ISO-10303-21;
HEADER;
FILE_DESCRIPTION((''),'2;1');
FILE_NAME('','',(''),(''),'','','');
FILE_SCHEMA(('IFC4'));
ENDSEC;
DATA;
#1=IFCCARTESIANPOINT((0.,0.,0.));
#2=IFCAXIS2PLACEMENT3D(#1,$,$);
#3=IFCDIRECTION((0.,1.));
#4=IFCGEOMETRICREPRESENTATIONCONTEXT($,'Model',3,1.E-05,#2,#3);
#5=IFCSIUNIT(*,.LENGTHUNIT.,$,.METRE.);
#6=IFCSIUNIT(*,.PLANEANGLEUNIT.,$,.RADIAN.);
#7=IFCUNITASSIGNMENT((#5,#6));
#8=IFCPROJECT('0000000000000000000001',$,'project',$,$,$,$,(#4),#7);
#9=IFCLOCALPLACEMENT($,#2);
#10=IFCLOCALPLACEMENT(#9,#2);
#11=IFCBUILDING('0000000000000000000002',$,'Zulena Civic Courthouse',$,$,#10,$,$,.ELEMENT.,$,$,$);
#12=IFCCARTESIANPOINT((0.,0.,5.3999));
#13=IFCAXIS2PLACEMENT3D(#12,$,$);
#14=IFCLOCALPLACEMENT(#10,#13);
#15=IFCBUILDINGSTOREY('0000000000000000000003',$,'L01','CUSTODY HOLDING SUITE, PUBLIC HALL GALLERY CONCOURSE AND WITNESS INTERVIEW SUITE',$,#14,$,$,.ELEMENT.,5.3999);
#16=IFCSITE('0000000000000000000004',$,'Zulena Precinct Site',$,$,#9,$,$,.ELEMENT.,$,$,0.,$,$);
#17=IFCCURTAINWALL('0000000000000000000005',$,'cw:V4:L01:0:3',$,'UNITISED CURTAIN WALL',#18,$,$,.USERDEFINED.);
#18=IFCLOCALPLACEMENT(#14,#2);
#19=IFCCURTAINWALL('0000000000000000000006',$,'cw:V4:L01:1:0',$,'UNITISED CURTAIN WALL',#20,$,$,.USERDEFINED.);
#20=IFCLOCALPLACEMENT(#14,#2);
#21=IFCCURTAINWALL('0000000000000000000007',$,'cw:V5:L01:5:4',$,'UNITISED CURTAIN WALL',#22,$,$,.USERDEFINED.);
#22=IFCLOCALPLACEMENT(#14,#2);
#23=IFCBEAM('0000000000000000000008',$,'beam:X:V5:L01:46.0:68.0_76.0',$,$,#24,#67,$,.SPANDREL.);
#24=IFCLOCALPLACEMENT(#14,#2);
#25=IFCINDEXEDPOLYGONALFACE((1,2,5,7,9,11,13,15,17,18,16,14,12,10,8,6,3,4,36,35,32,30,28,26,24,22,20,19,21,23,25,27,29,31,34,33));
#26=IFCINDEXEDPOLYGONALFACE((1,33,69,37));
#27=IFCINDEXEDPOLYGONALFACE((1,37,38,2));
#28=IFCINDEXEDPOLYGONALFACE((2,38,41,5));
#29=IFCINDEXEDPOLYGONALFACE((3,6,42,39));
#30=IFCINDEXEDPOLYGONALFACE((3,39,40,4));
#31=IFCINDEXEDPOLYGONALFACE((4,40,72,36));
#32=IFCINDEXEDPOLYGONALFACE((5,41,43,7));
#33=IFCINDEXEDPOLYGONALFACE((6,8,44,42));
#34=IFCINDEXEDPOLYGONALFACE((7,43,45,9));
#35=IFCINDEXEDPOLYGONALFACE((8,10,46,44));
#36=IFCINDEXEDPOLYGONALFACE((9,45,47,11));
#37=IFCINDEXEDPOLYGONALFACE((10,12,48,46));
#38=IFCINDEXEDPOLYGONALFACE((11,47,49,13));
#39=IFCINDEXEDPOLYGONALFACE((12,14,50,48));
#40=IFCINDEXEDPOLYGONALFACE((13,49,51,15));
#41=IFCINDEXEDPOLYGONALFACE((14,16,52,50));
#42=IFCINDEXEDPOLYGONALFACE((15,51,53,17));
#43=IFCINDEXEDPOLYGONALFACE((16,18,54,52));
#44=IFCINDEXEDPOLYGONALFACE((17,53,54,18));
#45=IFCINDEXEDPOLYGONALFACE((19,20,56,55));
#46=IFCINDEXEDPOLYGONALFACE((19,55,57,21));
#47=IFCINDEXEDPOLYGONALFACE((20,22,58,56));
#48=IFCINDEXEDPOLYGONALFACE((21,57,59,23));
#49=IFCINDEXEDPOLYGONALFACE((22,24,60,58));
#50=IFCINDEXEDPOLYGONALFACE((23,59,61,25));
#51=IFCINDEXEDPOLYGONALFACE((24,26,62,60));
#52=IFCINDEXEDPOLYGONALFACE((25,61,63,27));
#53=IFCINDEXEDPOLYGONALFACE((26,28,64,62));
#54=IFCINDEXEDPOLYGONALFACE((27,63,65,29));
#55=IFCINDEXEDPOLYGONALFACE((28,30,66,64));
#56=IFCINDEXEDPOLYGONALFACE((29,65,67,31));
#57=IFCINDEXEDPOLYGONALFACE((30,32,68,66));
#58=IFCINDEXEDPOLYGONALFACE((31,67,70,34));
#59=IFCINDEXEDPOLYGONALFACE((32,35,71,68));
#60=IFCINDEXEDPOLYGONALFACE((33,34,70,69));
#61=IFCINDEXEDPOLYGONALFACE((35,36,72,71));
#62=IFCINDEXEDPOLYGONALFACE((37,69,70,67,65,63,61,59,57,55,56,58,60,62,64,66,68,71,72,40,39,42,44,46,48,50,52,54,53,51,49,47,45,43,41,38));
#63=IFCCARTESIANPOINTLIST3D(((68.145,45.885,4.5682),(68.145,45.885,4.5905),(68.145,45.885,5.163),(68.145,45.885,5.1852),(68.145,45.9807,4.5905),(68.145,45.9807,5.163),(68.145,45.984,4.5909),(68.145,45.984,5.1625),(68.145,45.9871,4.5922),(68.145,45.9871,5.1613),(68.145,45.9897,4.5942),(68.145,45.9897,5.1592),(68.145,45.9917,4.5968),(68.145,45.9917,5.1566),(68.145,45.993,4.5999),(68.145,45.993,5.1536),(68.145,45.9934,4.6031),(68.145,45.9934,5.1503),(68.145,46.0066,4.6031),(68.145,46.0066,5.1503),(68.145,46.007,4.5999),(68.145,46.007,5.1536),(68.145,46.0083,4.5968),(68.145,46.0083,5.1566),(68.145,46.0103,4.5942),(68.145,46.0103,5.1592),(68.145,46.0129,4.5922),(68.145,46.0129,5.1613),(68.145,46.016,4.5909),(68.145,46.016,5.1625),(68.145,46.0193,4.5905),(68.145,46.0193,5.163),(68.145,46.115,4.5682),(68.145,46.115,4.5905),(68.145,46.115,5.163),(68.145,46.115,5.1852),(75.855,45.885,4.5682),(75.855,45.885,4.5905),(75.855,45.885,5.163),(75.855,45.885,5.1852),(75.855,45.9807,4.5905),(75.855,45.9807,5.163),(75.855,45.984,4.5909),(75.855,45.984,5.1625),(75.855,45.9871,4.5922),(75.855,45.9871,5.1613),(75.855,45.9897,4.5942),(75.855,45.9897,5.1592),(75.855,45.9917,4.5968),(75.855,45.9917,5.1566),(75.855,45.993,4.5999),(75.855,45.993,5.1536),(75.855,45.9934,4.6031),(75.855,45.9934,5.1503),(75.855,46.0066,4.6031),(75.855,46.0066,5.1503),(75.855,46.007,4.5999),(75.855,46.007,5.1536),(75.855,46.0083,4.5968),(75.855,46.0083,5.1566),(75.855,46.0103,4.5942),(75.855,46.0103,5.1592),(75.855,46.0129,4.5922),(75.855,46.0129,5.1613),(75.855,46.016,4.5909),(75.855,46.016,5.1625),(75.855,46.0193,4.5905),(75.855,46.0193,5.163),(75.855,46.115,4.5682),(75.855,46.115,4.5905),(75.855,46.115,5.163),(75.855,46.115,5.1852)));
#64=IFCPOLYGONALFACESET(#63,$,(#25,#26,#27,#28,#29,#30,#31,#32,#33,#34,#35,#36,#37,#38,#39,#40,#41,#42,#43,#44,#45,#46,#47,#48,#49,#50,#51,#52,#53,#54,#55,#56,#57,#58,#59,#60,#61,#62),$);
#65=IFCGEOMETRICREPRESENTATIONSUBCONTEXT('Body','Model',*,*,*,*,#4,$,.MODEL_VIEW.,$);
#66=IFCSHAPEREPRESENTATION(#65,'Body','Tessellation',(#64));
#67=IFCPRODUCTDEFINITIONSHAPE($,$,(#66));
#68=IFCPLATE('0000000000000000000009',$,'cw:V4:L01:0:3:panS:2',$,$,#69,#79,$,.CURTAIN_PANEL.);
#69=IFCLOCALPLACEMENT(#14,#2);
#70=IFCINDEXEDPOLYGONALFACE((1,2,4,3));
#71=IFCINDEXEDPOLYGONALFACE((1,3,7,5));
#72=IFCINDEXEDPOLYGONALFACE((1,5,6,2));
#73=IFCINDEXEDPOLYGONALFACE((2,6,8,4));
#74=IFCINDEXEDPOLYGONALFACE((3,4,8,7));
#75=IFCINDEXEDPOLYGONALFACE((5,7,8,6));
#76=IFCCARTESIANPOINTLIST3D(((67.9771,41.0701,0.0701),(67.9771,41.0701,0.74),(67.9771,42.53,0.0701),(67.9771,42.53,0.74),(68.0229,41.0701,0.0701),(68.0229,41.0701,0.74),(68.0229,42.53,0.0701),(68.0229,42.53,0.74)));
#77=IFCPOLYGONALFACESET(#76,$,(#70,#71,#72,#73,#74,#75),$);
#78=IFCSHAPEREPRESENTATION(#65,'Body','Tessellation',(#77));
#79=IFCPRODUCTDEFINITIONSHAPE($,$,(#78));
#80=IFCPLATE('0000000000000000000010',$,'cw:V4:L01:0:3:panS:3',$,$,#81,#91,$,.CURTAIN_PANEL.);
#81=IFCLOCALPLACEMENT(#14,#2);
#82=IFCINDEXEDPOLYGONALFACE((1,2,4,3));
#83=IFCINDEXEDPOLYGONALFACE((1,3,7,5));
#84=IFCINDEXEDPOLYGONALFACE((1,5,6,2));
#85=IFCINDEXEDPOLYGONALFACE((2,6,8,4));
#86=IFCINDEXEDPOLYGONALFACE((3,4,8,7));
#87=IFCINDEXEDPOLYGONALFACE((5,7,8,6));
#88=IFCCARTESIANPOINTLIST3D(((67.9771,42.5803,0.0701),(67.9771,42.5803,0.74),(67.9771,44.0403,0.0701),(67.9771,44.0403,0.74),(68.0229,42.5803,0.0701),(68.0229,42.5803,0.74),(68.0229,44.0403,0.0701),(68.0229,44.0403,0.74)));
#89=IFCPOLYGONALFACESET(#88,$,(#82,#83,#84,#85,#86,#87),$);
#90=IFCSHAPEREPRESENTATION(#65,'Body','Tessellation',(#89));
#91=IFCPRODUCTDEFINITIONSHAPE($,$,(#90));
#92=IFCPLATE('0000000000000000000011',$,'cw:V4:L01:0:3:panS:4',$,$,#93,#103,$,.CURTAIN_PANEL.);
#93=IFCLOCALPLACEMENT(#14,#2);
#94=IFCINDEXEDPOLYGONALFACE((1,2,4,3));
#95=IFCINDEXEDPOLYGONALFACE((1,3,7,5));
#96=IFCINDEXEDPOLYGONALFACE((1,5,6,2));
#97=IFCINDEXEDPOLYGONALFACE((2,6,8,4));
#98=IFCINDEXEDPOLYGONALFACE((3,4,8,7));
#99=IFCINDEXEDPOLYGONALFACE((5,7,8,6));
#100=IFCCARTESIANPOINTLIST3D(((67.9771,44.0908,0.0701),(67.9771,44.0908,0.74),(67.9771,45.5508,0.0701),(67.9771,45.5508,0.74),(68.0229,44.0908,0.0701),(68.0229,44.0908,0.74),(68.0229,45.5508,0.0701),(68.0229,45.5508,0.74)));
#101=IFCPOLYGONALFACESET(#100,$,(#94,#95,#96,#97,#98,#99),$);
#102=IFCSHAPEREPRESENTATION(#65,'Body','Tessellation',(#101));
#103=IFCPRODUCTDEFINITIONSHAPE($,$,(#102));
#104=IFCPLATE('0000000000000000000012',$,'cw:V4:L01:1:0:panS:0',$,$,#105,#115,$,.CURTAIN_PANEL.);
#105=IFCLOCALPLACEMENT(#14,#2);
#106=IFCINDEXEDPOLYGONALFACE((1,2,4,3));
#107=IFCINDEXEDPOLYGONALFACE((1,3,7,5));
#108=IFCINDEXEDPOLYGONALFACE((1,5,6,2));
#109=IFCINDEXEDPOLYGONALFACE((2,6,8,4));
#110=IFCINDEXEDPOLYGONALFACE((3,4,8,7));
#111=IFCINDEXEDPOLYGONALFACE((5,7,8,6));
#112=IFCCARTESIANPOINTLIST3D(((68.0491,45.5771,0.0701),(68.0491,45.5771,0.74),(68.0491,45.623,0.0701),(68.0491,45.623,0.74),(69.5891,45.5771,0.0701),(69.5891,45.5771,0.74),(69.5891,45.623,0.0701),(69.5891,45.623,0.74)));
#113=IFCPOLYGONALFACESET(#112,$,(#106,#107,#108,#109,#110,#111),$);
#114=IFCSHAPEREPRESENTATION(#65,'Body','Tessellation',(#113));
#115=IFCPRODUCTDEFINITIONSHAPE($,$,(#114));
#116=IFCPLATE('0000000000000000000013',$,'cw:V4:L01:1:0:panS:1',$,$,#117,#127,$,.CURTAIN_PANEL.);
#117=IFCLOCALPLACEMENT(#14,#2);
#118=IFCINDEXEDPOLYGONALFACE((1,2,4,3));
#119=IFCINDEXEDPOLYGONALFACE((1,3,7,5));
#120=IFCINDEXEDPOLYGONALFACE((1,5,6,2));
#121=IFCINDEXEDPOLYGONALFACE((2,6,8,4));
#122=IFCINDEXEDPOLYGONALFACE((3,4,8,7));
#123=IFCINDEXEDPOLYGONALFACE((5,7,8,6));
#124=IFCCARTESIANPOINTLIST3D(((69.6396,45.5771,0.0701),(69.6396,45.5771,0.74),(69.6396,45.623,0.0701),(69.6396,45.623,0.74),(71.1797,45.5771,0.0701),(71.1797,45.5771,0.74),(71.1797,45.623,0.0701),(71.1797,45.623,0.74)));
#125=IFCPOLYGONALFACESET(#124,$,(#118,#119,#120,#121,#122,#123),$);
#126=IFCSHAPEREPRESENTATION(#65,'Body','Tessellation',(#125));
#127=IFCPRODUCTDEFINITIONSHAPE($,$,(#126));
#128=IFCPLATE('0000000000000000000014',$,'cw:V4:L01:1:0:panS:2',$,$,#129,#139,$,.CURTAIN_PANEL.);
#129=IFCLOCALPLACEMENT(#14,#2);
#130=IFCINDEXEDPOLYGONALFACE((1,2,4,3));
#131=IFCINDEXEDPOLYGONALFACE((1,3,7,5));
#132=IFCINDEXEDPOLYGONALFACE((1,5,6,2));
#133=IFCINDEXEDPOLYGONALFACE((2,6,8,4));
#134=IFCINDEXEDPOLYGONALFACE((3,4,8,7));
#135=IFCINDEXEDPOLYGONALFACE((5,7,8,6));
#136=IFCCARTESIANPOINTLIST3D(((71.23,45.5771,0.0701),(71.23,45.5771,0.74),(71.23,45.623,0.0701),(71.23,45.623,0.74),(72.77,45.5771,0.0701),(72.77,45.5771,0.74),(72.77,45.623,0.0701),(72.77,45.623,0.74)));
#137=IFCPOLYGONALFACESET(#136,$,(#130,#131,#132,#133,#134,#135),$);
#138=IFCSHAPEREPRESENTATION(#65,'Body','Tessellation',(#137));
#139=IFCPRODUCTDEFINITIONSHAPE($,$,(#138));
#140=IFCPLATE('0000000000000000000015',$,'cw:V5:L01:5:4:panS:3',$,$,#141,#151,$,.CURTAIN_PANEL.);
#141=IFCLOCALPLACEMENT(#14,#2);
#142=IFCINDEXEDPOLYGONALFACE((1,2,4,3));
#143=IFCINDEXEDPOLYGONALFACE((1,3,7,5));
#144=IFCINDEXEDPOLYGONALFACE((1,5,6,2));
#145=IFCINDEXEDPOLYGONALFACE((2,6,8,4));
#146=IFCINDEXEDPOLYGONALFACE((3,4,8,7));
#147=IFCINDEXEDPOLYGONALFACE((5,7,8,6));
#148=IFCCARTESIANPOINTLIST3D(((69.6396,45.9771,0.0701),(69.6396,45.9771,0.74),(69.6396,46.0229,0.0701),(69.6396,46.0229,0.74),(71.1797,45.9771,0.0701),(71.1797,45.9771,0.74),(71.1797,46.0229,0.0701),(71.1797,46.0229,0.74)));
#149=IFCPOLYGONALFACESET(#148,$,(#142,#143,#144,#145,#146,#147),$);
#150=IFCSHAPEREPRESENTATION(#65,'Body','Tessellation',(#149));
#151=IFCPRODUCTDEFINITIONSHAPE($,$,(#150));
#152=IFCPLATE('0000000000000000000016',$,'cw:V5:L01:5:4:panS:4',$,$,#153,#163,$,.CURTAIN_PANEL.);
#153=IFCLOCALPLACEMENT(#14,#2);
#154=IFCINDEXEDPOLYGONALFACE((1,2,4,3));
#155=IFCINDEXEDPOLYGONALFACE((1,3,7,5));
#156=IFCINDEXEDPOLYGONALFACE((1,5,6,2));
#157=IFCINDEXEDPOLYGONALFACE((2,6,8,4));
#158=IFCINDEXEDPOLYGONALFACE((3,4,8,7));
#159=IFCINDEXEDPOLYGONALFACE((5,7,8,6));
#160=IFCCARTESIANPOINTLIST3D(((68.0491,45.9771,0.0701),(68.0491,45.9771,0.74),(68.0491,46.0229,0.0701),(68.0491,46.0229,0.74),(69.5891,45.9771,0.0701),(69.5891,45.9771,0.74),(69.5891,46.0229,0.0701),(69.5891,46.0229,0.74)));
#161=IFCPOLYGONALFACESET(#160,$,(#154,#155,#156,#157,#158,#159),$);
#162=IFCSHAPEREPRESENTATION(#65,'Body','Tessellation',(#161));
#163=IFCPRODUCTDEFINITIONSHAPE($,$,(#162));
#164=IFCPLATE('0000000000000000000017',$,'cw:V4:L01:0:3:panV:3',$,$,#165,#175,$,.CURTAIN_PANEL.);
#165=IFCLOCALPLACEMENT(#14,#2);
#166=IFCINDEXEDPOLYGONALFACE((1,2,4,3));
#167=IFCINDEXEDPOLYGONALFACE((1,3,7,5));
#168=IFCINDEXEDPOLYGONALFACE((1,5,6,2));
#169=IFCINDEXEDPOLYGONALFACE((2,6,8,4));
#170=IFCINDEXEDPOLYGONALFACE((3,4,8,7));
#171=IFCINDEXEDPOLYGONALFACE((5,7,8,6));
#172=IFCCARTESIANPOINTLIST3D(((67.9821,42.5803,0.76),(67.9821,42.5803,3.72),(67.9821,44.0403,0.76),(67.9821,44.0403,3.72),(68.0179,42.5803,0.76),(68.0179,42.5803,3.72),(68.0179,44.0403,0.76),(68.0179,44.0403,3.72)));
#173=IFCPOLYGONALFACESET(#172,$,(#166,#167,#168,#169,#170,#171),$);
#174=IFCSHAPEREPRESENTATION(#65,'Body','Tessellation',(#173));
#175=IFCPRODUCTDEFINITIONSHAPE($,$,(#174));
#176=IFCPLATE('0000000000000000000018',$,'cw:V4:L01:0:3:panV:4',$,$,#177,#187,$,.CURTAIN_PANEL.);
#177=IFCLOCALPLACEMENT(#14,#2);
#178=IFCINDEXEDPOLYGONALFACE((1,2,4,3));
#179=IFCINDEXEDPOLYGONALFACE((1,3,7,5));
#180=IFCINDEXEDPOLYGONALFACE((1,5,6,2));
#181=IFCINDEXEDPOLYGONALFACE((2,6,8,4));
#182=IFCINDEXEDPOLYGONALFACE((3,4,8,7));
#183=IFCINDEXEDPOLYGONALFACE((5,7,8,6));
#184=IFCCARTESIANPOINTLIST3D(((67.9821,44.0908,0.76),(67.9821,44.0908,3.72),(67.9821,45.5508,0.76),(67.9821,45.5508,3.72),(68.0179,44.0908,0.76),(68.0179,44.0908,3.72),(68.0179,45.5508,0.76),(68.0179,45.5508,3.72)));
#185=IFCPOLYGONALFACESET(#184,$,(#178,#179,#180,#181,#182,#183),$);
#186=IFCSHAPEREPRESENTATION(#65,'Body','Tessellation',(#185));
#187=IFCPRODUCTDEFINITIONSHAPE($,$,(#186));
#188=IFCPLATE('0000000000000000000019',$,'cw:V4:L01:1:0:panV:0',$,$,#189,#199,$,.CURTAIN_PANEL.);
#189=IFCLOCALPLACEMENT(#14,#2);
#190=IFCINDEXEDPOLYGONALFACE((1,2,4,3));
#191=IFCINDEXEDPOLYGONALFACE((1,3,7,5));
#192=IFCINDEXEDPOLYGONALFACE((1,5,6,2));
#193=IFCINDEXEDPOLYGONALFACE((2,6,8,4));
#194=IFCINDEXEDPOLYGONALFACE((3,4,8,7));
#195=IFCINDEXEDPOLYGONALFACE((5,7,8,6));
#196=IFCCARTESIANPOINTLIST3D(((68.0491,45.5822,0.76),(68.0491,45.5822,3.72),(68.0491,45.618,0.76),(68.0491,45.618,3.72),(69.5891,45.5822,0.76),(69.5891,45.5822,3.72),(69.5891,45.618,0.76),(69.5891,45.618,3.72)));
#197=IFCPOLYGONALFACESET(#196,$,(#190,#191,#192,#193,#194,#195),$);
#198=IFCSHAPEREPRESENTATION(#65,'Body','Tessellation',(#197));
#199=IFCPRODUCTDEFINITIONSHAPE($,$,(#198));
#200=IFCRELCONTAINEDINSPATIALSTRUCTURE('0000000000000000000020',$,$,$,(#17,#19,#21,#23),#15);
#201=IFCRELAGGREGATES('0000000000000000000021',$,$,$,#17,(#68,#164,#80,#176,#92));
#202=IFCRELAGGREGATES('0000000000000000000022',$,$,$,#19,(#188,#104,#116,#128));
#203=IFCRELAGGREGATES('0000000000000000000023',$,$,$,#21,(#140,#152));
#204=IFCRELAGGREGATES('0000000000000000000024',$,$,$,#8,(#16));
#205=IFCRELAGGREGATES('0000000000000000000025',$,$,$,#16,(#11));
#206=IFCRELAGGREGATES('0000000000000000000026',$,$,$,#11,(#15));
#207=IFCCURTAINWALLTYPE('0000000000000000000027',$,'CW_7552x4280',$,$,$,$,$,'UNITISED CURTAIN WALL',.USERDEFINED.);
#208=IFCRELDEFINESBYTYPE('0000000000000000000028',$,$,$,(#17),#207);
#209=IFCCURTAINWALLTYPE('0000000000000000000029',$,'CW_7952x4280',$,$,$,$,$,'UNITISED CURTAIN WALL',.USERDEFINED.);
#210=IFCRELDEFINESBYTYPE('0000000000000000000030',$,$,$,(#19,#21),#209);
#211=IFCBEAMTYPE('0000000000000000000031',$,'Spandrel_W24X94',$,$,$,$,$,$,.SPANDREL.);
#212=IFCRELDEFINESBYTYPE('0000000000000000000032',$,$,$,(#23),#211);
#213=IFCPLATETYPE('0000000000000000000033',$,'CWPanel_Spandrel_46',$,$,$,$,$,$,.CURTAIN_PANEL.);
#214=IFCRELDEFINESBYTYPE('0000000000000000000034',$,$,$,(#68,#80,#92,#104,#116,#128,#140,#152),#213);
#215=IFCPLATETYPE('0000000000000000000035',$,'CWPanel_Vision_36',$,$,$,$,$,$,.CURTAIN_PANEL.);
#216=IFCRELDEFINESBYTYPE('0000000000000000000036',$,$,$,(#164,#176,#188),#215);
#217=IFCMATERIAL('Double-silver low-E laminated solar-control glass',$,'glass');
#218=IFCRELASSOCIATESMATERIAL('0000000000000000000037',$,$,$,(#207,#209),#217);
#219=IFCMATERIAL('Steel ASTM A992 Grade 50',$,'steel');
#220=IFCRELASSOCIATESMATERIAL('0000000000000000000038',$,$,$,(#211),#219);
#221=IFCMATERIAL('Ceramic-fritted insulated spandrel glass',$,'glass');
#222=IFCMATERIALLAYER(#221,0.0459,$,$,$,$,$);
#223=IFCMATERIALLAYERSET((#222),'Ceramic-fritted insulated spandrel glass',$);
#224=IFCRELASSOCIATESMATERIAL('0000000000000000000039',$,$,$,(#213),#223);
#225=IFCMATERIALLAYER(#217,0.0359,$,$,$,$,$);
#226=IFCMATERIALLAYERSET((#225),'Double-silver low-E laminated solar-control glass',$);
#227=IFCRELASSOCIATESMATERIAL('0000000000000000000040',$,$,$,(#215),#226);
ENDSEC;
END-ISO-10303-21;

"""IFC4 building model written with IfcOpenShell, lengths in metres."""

from ifc_helpers import new_model, si_unit, direction, frame, origin, origin_2d, place, context, subcontext, project, spatial, rectangle, i_section, extrude, material, layer, layer_set, material_profile, profile_set, type_object, element, aggregate, save


model = new_model("IFC4")

# Units and contexts
model_context = context("Model", 3, precision=1e-05, world=origin(), true_north=direction((0.0, 1.0)))
body_context = subcontext(model_context, "Body", "Model", "MODEL_VIEW")
ifc_project = project(units=[si_unit("LENGTHUNIT", "METRE"), si_unit("PLANEANGLEUNIT", "RADIAN")], contexts=[model_context])

# Site, building, storey
site_placement = place(None, origin())
site = spatial("IfcSite", under=ifc_project, at=site_placement, Name="Zulena Precinct Site", CompositionType="ELEMENT", RefElevation=0.0)
building_placement = place(site_placement, origin())
building = spatial("IfcBuilding", under=site, at=building_placement, Name="Zulena Civic Courthouse", CompositionType="ELEMENT")
storey_placement = place(building_placement, frame((0.0, 0.0, 5.3999)))
storey = spatial("IfcBuildingStorey", under=building, at=storey_placement, Name="L01", Description="CUSTODY HOLDING SUITE, PUBLIC HALL GALLERY CONCOURSE AND WITNESS INTERVIEW SUITE", CompositionType="ELEMENT", Elevation=5.3999)

# Shared definitions
ifc_material_1 = material(Name="Steel ASTM A992 Grade 50", Category="steel")

# Curtain walls
ifc_material_2 = material(Name="Double-silver low-E laminated solar-control glass", Category="glass")
curtain_wall_type_1 = type_object("IfcCurtainWallType", Name="CW_7552x4280", ElementType="UNITISED CURTAIN WALL", PredefinedType="USERDEFINED", material=ifc_material_2)
curtain_wall_1_placement = place(storey_placement, origin())
curtain_wall_1 = element("IfcCurtainWall", 1, at=curtain_wall_1_placement, inside=storey, type_object=curtain_wall_type_1, Name="cw:V4:L01:0:3", ObjectType="UNITISED CURTAIN WALL", PredefinedType="USERDEFINED")
curtain_wall_type_2 = type_object("IfcCurtainWallType", Name="CW_7952x4280", ElementType="UNITISED CURTAIN WALL", PredefinedType="USERDEFINED", material=ifc_material_2)
curtain_wall_2_placement = place(storey_placement, origin())
curtain_wall_2 = element("IfcCurtainWall", 2, at=curtain_wall_2_placement, inside=storey, type_object=curtain_wall_type_2, Name="cw:V4:L01:1:0", ObjectType="UNITISED CURTAIN WALL", PredefinedType="USERDEFINED")
curtain_wall_3_placement = place(storey_placement, origin())
curtain_wall_3 = element("IfcCurtainWall", 3, at=curtain_wall_3_placement, inside=storey, type_object=curtain_wall_type_2, Name="cw:V5:L01:5:4", ObjectType="UNITISED CURTAIN WALL", PredefinedType="USERDEFINED")

# Beam
ifc_material_profile_1 = material_profile(ifc_material_1, i_section(OverallWidth=0.23, OverallDepth=0.6169, WebThickness=0.0132, FlangeThickness=0.0222, FilletRadius=0.0127, at=origin_2d()), Name="W24X94")
ifc_profile_set_1 = profile_set([ifc_material_profile_1], Name="Steel ASTM A992 Grade 50")
beam_type = type_object("IfcBeamType", Name="Spandrel_W24X94", PredefinedType="SPANDREL", material=ifc_profile_set_1)
for number, where, z_axis, x_axis, name in (
    (4, (68.145, 46.0, 4.8767), (1.0, 0.0, 0.0), (0.0, 1.0, 0.0), "beam:X:V5:L01:46.0:68.0_76.0"),
):
    element("IfcBeam", number, at=place(storey_placement, frame(where, z_axis=z_axis, x_axis=x_axis)), inside=storey, type_object=beam_type, Name=name, PredefinedType="SPANDREL", context=body_context, shape_type="SweptSolid", body=[
        extrude(i_section(OverallWidth=0.23, OverallDepth=0.6169, WebThickness=0.0132, FlangeThickness=0.0222, FilletRadius=0.0127, at=origin_2d()), origin(), (0.0, 0.0, 1.0), 7.71),
    ])

# Plates
ifc_material_3 = material(Name="Ceramic-fritted insulated spandrel glass", Category="glass")
ifc_layer_1 = layer(ifc_material_3, 0.0459)
ifc_layer_set_1 = layer_set([ifc_layer_1], Name="Ceramic-fritted insulated spandrel glass")
plate_type_1 = type_object("IfcPlateType", Name="CWPanel_Spandrel_46", PredefinedType="CURTAIN_PANEL", material=ifc_layer_set_1)
plate_1_placement = place(storey_placement, frame((68.0, 41.8, 0.0701), z_axis=(0.0, 0.0, 1.0), x_axis=(0.0, 1.0, 0.0)))
plate_1 = element("IfcPlate", 5, at=plate_1_placement, type_object=plate_type_1, Name="cw:V4:L01:0:3:panS:2", PredefinedType="CURTAIN_PANEL", context=body_context, shape_type="SweptSolid", body=[
    extrude(rectangle(XDim=1.46, YDim=0.0459, at=origin_2d()), origin(), (0.0, 0.0, 1.0), 0.6699),
])
plate_2_placement = place(storey_placement, frame((68.0, 43.3103, 0.0701), z_axis=(0.0, 0.0, 1.0), x_axis=(0.0, 1.0, 0.0)))
plate_2 = element("IfcPlate", 6, at=plate_2_placement, type_object=plate_type_1, Name="cw:V4:L01:0:3:panS:3", PredefinedType="CURTAIN_PANEL", context=body_context, shape_type="SweptSolid", body=[
    extrude(rectangle(XDim=1.46, YDim=0.0459, at=origin_2d()), origin(), (0.0, 0.0, 1.0), 0.6699),
])
plate_3_placement = place(storey_placement, frame((68.0, 44.8208, 0.0701), z_axis=(0.0, 0.0, 1.0), x_axis=(0.0, 1.0, 0.0)))
plate_3 = element("IfcPlate", 7, at=plate_3_placement, type_object=plate_type_1, Name="cw:V4:L01:0:3:panS:4", PredefinedType="CURTAIN_PANEL", context=body_context, shape_type="SweptSolid", body=[
    extrude(rectangle(XDim=1.46, YDim=0.0459, at=origin_2d()), origin(), (0.0, 0.0, 1.0), 0.6699),
])
plate_4_placement = place(storey_placement, frame((68.8191, 45.6001, 0.0701), z_axis=(0.0, 0.0, 1.0), x_axis=(1.0, 0.0, 0.0)))
plate_4 = element("IfcPlate", 8, at=plate_4_placement, type_object=plate_type_1, Name="cw:V4:L01:1:0:panS:0", PredefinedType="CURTAIN_PANEL", context=body_context, shape_type="SweptSolid", body=[
    extrude(rectangle(XDim=1.54, YDim=0.0459, at=origin_2d()), origin(), (0.0, 0.0, 1.0), 0.6699),
])
plate_5_placement = place(storey_placement, frame((70.4097, 45.6001, 0.0701), z_axis=(0.0, 0.0, 1.0), x_axis=(1.0, 0.0, 0.0)))
plate_5 = element("IfcPlate", 9, at=plate_5_placement, type_object=plate_type_1, Name="cw:V4:L01:1:0:panS:1", PredefinedType="CURTAIN_PANEL", context=body_context, shape_type="SweptSolid", body=[
    extrude(rectangle(XDim=1.54, YDim=0.0459, at=origin_2d()), origin(), (0.0, 0.0, 1.0), 0.6699),
])
plate_6_placement = place(storey_placement, frame((72.0, 45.6001, 0.0701), z_axis=(0.0, 0.0, 1.0), x_axis=(1.0, 0.0, 0.0)))
plate_6 = element("IfcPlate", 10, at=plate_6_placement, type_object=plate_type_1, Name="cw:V4:L01:1:0:panS:2", PredefinedType="CURTAIN_PANEL", context=body_context, shape_type="SweptSolid", body=[
    extrude(rectangle(XDim=1.54, YDim=0.0459, at=origin_2d()), origin(), (0.0, 0.0, 1.0), 0.6699),
])
plate_7_placement = place(storey_placement, frame((70.4097, 46.0, 0.0701), z_axis=(0.0, 0.0, 1.0), x_axis=(-1.0, 0.0, 0.0)))
plate_7 = element("IfcPlate", 11, at=plate_7_placement, type_object=plate_type_1, Name="cw:V5:L01:5:4:panS:3", PredefinedType="CURTAIN_PANEL", context=body_context, shape_type="SweptSolid", body=[
    extrude(rectangle(XDim=1.54, YDim=0.0459, at=origin_2d()), origin(), (0.0, 0.0, 1.0), 0.6699),
])
plate_8_placement = place(storey_placement, frame((68.8191, 46.0, 0.0701), z_axis=(0.0, 0.0, 1.0), x_axis=(-1.0, 0.0, 0.0)))
plate_8 = element("IfcPlate", 12, at=plate_8_placement, type_object=plate_type_1, Name="cw:V5:L01:5:4:panS:4", PredefinedType="CURTAIN_PANEL", context=body_context, shape_type="SweptSolid", body=[
    extrude(rectangle(XDim=1.54, YDim=0.0459, at=origin_2d()), origin(), (0.0, 0.0, 1.0), 0.6699),
])
ifc_layer_2 = layer(ifc_material_2, 0.0359)
ifc_layer_set_2 = layer_set([ifc_layer_2], Name="Double-silver low-E laminated solar-control glass")
plate_type_2 = type_object("IfcPlateType", Name="CWPanel_Vision_36", PredefinedType="CURTAIN_PANEL", material=ifc_layer_set_2)
plate_9_placement = place(storey_placement, frame((68.0, 43.3103, 0.76), z_axis=(0.0, 0.0, 1.0), x_axis=(0.0, 1.0, 0.0)))
plate_9 = element("IfcPlate", 13, at=plate_9_placement, type_object=plate_type_2, Name="cw:V4:L01:0:3:panV:3", PredefinedType="CURTAIN_PANEL", context=body_context, shape_type="SweptSolid", body=[
    extrude(rectangle(XDim=1.46, YDim=0.0359, at=origin_2d()), origin(), (0.0, 0.0, 1.0), 2.96),
])
plate_10_placement = place(storey_placement, frame((68.0, 44.8208, 0.76), z_axis=(0.0, 0.0, 1.0), x_axis=(0.0, 1.0, 0.0)))
plate_10 = element("IfcPlate", 14, at=plate_10_placement, type_object=plate_type_2, Name="cw:V4:L01:0:3:panV:4", PredefinedType="CURTAIN_PANEL", context=body_context, shape_type="SweptSolid", body=[
    extrude(rectangle(XDim=1.46, YDim=0.0359, at=origin_2d()), origin(), (0.0, 0.0, 1.0), 2.96),
])
aggregate(curtain_wall_1, [plate_1, plate_9, plate_2, plate_10, plate_3])
plate_11_placement = place(storey_placement, frame((68.8191, 45.6001, 0.76), z_axis=(0.0, 0.0, 1.0), x_axis=(1.0, 0.0, 0.0)))
plate_11 = element("IfcPlate", 15, at=plate_11_placement, type_object=plate_type_2, Name="cw:V4:L01:1:0:panV:0", PredefinedType="CURTAIN_PANEL", context=body_context, shape_type="SweptSolid", body=[
    extrude(rectangle(XDim=1.54, YDim=0.0359, at=origin_2d()), origin(), (0.0, 0.0, 1.0), 2.96),
])
aggregate(curtain_wall_2, [plate_11, plate_4, plate_5, plate_6])
aggregate(curtain_wall_3, [plate_7, plate_8])

save(model, "model.ifc")
